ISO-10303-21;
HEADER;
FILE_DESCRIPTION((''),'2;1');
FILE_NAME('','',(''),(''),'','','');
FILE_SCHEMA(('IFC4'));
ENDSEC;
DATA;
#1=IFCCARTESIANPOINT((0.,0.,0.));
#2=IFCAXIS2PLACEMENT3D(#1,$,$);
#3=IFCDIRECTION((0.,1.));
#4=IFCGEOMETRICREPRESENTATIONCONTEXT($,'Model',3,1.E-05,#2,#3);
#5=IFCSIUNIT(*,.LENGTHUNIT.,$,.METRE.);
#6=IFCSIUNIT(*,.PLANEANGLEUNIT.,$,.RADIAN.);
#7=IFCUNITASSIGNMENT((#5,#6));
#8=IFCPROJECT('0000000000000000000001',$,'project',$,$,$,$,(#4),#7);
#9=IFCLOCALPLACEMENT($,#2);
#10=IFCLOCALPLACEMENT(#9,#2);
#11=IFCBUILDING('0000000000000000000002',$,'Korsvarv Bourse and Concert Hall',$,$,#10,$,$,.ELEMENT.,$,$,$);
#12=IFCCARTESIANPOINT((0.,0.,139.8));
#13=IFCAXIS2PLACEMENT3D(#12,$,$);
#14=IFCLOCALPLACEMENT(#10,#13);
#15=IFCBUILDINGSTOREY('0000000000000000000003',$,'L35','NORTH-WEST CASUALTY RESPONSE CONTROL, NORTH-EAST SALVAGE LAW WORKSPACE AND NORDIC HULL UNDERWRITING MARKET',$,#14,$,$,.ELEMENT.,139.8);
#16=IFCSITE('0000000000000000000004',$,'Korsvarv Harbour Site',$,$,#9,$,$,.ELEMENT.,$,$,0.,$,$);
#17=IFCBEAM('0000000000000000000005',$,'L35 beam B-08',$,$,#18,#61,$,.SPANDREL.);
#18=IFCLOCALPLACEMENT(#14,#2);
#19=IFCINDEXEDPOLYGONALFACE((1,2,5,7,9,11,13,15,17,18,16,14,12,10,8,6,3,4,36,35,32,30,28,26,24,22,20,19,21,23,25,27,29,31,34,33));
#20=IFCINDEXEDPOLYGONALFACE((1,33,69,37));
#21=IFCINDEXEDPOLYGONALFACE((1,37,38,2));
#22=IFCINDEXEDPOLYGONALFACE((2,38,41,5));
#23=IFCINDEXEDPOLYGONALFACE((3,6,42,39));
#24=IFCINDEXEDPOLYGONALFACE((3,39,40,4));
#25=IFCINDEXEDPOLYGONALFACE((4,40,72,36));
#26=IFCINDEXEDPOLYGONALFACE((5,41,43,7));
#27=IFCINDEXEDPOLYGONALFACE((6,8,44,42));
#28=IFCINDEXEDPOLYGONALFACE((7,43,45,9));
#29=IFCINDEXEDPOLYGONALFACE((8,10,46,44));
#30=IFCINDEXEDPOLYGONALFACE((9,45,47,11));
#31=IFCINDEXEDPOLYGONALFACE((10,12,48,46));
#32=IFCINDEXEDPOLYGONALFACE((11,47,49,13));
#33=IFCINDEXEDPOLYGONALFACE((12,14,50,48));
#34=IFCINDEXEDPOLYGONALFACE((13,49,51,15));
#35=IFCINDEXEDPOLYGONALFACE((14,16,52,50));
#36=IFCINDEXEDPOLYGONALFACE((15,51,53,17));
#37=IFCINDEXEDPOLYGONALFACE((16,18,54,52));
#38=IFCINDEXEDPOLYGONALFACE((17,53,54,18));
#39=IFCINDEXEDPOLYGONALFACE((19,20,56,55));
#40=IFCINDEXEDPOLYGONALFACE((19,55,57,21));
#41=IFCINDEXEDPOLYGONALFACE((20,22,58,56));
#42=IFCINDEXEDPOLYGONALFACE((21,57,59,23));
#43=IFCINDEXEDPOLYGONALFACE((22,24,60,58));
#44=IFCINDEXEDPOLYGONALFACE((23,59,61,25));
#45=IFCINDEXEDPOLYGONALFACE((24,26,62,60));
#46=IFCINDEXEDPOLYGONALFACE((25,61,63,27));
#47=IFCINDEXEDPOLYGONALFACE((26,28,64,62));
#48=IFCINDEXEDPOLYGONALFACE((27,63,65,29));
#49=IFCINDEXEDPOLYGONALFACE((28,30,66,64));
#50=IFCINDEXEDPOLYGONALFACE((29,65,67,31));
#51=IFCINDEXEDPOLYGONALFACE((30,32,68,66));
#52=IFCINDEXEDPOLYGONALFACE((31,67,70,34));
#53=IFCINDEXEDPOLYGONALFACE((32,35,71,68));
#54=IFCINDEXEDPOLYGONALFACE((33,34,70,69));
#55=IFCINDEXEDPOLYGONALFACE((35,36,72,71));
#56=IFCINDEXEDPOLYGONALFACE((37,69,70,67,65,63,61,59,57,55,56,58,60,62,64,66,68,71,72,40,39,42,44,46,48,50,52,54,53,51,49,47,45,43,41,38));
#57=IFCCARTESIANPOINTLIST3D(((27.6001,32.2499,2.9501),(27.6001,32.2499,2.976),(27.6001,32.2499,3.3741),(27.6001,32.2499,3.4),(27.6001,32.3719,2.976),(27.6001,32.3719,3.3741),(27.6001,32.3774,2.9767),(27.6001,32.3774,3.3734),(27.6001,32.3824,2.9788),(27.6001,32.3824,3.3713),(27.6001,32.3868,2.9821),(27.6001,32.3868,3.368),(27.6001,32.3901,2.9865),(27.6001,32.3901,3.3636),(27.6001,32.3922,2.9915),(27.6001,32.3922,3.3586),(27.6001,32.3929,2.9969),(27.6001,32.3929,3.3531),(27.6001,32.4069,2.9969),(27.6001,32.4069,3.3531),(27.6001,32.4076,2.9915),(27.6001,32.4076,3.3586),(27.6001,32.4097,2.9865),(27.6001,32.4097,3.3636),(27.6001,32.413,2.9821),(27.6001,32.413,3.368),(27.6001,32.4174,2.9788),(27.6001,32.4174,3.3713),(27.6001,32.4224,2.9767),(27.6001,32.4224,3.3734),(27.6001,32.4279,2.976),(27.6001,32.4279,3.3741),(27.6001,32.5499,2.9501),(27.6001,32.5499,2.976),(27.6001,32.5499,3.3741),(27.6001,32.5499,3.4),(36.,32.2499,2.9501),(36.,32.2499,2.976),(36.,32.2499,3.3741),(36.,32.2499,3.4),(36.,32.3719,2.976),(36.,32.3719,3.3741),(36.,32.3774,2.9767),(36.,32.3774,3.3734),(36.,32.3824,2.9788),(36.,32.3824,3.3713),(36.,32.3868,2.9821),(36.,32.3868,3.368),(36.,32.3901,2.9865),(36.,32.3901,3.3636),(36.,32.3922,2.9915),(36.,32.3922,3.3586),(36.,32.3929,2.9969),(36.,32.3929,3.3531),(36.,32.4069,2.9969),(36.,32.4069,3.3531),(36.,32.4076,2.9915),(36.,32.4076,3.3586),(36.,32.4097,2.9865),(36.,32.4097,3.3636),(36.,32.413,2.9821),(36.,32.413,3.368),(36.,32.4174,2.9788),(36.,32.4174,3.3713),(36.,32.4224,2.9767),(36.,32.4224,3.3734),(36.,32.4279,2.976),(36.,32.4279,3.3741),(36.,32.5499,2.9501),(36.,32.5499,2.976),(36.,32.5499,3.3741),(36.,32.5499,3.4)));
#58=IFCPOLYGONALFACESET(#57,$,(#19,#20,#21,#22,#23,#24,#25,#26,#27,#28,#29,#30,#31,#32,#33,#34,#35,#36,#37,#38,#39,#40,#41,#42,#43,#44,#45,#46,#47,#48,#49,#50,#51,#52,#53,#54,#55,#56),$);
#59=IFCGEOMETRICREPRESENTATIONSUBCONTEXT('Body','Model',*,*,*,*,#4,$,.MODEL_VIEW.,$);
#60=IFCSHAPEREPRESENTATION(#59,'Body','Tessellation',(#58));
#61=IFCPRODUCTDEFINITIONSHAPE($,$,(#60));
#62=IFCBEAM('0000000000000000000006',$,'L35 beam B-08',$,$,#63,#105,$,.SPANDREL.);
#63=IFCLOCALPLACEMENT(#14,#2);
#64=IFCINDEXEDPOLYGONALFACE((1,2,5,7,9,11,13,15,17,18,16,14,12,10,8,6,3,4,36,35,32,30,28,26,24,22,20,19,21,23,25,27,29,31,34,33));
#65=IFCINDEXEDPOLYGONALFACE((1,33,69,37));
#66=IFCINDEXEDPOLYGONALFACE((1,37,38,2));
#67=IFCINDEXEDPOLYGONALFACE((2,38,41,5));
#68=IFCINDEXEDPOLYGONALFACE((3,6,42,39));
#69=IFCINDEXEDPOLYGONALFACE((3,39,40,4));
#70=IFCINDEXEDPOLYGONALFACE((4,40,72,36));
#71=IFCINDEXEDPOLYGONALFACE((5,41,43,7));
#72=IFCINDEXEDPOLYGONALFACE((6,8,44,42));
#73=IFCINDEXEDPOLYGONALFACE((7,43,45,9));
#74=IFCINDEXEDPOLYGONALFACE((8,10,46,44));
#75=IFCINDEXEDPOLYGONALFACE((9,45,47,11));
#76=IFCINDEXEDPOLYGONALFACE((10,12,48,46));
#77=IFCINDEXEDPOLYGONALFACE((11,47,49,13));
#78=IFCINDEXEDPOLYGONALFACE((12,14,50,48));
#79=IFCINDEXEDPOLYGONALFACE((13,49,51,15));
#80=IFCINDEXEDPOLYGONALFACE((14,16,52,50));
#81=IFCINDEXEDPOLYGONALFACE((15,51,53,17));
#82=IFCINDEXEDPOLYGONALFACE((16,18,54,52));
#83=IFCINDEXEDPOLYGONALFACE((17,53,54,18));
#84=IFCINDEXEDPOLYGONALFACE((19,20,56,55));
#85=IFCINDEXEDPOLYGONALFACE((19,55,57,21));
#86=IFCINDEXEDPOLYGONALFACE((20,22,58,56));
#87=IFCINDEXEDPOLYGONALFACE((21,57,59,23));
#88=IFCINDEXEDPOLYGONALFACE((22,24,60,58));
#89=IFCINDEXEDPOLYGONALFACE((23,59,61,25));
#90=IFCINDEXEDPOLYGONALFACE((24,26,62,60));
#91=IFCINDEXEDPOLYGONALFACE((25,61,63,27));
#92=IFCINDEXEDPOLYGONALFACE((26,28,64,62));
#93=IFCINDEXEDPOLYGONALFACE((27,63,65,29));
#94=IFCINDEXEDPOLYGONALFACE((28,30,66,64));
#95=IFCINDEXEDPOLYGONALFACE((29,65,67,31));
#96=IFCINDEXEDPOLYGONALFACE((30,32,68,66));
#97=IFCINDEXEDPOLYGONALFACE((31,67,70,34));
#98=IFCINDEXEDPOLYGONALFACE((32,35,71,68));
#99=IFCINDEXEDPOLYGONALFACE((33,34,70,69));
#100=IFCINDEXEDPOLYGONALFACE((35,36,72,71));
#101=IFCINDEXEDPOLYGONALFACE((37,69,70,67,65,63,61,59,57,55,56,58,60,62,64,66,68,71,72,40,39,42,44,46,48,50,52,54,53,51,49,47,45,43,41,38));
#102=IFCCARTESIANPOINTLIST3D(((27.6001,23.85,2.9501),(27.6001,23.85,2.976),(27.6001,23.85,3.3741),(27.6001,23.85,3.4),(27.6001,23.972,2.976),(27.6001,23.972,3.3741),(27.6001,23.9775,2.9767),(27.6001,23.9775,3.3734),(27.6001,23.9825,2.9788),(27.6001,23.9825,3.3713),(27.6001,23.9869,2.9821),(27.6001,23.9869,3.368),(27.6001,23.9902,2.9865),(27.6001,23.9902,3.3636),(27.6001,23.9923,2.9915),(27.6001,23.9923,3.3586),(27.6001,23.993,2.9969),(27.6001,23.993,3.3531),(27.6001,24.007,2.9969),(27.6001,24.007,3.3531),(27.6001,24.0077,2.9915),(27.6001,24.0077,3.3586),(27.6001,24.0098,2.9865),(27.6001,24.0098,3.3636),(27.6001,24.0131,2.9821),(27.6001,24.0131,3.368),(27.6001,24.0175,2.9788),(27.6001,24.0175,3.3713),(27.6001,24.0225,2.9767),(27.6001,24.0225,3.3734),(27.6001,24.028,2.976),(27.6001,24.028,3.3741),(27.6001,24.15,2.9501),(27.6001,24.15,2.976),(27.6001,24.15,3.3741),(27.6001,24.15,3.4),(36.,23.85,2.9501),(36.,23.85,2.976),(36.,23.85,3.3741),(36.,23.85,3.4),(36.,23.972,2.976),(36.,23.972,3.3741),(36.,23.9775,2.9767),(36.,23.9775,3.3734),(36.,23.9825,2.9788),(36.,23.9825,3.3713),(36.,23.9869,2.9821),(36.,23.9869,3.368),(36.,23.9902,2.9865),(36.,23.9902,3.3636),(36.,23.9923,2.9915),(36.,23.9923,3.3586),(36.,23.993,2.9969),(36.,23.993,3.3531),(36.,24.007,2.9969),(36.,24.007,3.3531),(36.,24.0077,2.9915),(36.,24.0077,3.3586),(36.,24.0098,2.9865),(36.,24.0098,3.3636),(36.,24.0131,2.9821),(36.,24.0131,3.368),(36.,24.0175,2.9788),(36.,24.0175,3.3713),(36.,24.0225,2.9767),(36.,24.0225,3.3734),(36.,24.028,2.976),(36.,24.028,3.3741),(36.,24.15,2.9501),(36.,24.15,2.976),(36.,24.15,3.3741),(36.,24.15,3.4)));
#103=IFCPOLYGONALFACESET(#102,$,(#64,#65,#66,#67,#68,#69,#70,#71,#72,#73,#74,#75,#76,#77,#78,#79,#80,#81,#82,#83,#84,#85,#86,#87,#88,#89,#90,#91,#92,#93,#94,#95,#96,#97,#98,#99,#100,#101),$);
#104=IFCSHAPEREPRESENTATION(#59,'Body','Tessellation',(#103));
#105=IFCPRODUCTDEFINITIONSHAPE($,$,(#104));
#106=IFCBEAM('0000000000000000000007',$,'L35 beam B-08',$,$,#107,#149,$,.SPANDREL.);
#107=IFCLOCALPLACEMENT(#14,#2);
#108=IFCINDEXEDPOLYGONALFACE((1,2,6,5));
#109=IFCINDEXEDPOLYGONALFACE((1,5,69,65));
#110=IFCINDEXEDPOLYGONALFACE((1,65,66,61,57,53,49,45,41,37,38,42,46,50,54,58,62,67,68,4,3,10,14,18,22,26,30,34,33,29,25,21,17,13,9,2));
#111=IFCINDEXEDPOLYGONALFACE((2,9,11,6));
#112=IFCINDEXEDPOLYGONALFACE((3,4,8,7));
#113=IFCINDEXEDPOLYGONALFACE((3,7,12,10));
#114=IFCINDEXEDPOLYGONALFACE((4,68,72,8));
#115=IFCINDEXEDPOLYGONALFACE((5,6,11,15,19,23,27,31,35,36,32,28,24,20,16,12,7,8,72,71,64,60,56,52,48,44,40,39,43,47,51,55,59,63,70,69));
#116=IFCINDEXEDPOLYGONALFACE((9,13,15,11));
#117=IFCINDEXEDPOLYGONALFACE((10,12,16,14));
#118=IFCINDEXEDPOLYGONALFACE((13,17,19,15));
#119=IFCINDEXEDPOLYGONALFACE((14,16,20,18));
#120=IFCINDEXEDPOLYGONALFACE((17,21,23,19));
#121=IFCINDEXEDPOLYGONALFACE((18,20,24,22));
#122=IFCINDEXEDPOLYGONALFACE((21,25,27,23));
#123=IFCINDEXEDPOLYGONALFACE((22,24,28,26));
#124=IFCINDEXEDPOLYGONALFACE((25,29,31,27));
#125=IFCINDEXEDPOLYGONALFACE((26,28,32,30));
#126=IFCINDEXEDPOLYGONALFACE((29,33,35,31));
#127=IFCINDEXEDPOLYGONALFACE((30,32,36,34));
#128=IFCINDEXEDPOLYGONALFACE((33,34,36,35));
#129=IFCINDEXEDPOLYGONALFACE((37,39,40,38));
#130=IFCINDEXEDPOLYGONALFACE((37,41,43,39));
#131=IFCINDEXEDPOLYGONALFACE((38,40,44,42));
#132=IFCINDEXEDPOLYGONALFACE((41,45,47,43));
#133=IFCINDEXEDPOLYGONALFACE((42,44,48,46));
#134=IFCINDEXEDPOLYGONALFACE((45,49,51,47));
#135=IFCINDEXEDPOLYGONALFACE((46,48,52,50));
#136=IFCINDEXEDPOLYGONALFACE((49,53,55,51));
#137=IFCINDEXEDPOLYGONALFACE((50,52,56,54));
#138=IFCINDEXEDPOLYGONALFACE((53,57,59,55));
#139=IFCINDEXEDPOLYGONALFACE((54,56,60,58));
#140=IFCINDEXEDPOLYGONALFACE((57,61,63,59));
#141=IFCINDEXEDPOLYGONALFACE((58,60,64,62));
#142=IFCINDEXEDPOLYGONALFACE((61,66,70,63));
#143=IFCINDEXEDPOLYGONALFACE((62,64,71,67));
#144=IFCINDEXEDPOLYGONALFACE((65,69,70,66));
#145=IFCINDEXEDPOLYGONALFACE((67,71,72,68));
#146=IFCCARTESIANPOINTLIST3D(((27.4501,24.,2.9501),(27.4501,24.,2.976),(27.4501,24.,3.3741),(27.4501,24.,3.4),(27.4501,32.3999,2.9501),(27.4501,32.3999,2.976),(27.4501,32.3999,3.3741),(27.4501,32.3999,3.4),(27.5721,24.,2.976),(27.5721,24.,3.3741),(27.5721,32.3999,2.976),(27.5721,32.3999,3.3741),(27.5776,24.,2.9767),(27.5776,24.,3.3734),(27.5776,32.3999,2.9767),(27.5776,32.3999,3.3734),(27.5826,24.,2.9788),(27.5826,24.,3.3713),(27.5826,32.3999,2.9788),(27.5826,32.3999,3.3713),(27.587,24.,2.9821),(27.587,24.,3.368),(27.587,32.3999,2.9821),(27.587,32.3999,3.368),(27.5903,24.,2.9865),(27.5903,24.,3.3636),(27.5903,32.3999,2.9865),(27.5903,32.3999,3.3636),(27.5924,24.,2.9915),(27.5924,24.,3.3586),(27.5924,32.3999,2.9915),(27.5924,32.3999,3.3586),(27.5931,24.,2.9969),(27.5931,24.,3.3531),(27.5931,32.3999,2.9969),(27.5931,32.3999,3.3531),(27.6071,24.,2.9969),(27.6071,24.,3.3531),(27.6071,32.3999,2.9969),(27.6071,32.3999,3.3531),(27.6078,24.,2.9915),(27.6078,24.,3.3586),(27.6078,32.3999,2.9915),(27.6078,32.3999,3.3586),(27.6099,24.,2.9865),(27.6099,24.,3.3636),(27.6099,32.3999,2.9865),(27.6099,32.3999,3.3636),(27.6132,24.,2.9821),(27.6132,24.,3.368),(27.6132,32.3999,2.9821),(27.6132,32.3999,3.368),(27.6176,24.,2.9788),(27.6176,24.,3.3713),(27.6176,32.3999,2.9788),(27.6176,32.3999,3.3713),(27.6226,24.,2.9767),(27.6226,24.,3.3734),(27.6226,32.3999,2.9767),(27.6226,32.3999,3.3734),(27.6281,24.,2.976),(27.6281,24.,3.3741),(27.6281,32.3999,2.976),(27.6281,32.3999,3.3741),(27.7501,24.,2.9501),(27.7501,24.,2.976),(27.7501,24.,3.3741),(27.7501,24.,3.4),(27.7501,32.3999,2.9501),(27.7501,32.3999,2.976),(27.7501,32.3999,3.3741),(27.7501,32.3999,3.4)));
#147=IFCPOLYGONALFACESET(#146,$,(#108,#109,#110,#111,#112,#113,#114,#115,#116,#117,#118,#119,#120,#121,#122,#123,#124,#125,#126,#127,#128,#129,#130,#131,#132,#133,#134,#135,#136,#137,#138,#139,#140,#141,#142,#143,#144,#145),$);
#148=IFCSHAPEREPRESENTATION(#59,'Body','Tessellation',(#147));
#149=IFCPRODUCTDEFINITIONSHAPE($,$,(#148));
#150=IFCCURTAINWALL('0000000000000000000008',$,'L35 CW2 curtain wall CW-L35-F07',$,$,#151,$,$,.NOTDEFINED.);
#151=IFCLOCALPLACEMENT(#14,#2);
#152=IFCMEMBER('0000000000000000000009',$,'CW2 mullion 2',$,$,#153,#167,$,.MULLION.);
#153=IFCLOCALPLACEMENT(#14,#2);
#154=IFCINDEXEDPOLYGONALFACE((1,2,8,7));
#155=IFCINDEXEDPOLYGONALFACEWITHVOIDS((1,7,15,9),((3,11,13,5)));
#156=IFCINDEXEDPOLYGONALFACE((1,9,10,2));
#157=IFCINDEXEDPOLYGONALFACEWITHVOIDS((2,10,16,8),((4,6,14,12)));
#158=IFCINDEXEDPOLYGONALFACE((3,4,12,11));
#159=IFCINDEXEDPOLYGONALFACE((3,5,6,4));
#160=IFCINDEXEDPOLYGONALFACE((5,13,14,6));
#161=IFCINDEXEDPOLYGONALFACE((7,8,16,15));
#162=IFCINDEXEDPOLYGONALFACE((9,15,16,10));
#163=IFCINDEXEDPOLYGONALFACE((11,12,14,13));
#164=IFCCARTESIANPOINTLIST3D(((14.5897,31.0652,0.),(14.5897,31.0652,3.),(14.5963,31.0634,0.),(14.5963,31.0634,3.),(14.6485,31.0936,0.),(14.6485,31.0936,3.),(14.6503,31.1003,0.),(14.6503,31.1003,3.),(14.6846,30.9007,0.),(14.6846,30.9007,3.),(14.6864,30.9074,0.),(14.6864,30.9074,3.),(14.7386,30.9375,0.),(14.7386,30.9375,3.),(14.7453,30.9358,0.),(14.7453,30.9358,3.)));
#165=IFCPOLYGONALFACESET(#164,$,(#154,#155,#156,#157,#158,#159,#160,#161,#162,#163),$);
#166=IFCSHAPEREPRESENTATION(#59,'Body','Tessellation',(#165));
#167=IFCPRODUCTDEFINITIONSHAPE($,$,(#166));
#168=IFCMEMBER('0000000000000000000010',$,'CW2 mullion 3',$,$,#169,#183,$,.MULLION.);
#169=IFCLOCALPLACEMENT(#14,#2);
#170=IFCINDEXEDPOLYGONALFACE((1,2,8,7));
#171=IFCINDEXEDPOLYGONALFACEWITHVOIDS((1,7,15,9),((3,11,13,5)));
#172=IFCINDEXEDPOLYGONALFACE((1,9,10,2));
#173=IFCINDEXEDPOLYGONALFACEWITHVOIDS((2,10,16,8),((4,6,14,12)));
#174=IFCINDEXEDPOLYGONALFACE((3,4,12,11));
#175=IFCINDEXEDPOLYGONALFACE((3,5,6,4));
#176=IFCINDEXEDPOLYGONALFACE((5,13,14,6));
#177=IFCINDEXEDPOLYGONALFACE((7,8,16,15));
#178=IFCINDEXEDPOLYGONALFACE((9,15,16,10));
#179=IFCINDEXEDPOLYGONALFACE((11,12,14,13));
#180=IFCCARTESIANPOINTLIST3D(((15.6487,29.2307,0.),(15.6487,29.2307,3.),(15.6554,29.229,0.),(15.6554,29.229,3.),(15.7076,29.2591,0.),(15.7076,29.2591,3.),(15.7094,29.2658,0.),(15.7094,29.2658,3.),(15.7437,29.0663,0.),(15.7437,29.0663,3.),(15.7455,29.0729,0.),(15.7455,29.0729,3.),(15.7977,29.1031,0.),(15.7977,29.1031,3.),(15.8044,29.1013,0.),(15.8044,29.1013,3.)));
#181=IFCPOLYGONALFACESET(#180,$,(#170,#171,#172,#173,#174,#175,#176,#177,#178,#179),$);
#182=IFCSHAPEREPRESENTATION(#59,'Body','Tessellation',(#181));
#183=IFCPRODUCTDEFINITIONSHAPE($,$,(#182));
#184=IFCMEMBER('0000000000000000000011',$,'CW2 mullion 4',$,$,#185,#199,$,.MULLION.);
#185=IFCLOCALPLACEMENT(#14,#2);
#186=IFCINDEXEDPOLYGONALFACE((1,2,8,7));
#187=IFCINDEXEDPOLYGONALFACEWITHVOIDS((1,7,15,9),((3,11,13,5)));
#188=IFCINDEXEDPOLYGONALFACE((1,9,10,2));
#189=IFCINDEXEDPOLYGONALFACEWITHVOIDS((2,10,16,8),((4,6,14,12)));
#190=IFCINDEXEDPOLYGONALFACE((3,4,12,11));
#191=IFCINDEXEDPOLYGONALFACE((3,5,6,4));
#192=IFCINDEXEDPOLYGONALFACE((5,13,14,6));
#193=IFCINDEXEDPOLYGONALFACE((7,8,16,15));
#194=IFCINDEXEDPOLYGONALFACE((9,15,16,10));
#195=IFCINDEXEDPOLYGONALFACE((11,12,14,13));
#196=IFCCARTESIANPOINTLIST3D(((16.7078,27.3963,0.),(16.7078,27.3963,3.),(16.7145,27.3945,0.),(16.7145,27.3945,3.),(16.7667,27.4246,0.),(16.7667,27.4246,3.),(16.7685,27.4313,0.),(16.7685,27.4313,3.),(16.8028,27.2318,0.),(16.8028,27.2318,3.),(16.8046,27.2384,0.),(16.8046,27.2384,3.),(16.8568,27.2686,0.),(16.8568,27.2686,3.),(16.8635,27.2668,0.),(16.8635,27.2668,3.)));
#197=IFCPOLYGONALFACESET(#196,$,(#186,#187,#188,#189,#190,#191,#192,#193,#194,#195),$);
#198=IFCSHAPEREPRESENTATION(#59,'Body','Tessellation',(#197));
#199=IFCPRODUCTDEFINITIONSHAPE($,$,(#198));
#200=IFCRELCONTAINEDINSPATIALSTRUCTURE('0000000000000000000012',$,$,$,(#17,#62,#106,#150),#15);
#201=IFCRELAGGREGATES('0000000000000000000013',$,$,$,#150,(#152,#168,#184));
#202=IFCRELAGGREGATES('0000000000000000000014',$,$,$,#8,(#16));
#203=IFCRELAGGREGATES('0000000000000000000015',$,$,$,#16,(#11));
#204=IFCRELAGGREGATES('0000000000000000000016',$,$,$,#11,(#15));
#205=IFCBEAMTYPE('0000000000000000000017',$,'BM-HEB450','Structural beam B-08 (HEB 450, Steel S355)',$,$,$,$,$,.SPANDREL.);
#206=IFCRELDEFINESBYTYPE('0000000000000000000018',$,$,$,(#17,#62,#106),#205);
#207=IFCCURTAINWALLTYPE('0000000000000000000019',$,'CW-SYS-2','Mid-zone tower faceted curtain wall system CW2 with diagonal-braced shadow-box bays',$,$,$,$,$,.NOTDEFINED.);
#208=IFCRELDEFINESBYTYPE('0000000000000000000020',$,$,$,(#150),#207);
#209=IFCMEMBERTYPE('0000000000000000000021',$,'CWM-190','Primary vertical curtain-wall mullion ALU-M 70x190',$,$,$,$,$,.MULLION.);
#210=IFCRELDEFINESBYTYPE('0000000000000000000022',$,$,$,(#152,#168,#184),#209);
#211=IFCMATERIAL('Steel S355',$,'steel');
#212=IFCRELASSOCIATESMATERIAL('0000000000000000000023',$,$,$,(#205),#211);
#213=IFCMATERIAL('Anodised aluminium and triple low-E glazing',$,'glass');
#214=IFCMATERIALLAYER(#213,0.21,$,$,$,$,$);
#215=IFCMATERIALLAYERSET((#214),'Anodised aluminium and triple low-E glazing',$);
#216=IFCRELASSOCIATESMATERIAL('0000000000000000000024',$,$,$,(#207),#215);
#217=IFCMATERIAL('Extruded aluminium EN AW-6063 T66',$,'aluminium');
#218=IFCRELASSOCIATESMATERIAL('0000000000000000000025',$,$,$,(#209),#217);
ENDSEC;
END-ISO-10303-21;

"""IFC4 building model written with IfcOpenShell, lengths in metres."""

from ifc_helpers import new_model, si_unit, direction, frame, origin, origin_2d, place, context, subcontext, project, spatial, hollow_rectangle, i_section, extrude, source, transform, mapped, material, layer, layer_set, material_profile, profile_set, type_object, element, aggregate, save


model = new_model("IFC4")

# Units and contexts
model_context = context("Model", 3, precision=1e-05, world=origin(), true_north=direction((0.0, 1.0)))
body_context = subcontext(model_context, "Body", "Model", "MODEL_VIEW")
ifc_project = project(units=[si_unit("LENGTHUNIT", "METRE"), si_unit("PLANEANGLEUNIT", "RADIAN")], contexts=[model_context])

# Site, building, storey
site_placement = place(None, origin())
site = spatial("IfcSite", under=ifc_project, at=site_placement, Name="Korsvarv Harbour Site", CompositionType="ELEMENT", RefElevation=0.0)
building_placement = place(site_placement, origin())
building = spatial("IfcBuilding", under=site, at=building_placement, Name="Korsvarv Bourse and Concert Hall", CompositionType="ELEMENT")
storey_placement = place(building_placement, frame((0.0, 0.0, 139.8)))
storey = spatial("IfcBuildingStorey", under=building, at=storey_placement, Name="L35", Description="NORTH-WEST CASUALTY RESPONSE CONTROL, NORTH-EAST SALVAGE LAW WORKSPACE AND NORDIC HULL UNDERWRITING MARKET", CompositionType="ELEMENT", Elevation=139.8)

# Shared definitions
ifc_material_1 = material(Name="Steel S355", Category="steel")

# Beams
ifc_material_profile_1 = material_profile(ifc_material_1, i_section(OverallWidth=0.3, OverallDepth=0.45, WebThickness=0.0139, FlangeThickness=0.0259, FilletRadius=0.021, at=origin_2d()), Name="HEB 450")
ifc_profile_set_1 = profile_set([ifc_material_profile_1], Name="Steel S355")
beam_type_1 = type_object("IfcBeamType", Name="BM-HEB450", Description="Structural beam B-08 (HEB 450, Steel S355)", PredefinedType="SPANDREL", material=ifc_profile_set_1)
shared_shape_1 = source(origin(), body_context, "Body", "SweptSolid", [
    extrude(i_section(OverallWidth=0.3, OverallDepth=0.45, WebThickness=0.0139, FlangeThickness=0.0259, FilletRadius=0.021, at=origin_2d()), origin(), (0.0, 0.0, 1.0), 8.3999),
])
for number, where, z_axis, x_axis, name in (
    (1, (27.6001, 32.3999, 3.175), (1.0, 0.0, 0.0), (0.0, 1.0, 0.0), "L35 beam B-08"),
    (2, (27.6001, 24.0, 3.175), (1.0, 0.0, 0.0), (0.0, 1.0, 0.0), "L35 beam B-08"),
    (3, (27.6001, 24.0, 3.175), (0.0, 1.0, 0.0), (-1.0, 0.0, 0.0), "L35 beam B-08"),
):
    element("IfcBeam", number, at=place(storey_placement, frame(where, z_axis=z_axis, x_axis=x_axis)), inside=storey, type_object=beam_type_1, Name=name, PredefinedType="SPANDREL", context=body_context, shape_type="MappedRepresentation", body=[
        mapped(shared_shape_1, transform((0.0, 0.0, 0.0), scale=1.0)),
    ])

# Curtain wall, members
ifc_material_2 = material(Name="Anodised aluminium and triple low-E glazing", Category="glass")
ifc_layer_1 = layer(ifc_material_2, 0.21)
ifc_layer_set_1 = layer_set([ifc_layer_1], Name="Anodised aluminium and triple low-E glazing")
curtain_wall_type = type_object("IfcCurtainWallType", Name="CW-SYS-2", Description="Mid-zone tower faceted curtain wall system CW2 with diagonal-braced shadow-box bays", PredefinedType="NOTDEFINED", material=ifc_layer_set_1)
curtain_wall_placement = place(storey_placement, origin())
curtain_wall = element("IfcCurtainWall", 4, at=curtain_wall_placement, inside=storey, type_object=curtain_wall_type, Name="L35 CW2 curtain wall CW-L35-F07", PredefinedType="NOTDEFINED")
ifc_material_3 = material(Name="Extruded aluminium EN AW-6063 T66", Category="aluminium")
ifc_material_profile_2 = material_profile(ifc_material_3, hollow_rectangle(XDim=0.0701, YDim=0.1899, WallThickness=0.0049, at=origin_2d()), Name="ALU-M 70x190")
ifc_profile_set_2 = profile_set([ifc_material_profile_2], Name="Extruded aluminium EN AW-6063 T66")
member_type_1 = type_object("IfcMemberType", Name="CWM-190", Description="Primary vertical curtain-wall mullion ALU-M 70x190", PredefinedType="MULLION", material=ifc_profile_set_2)
shared_shape_2 = source(origin(), body_context, "Body", "SweptSolid", [
    extrude(hollow_rectangle(XDim=0.0701, YDim=0.1899, WallThickness=0.0049, at=origin_2d()), origin(), (0.0, 0.0, 1.0), 3.0),
])
member_1_placement = place(storey_placement, frame((14.6675, 31.0005, 0.0), z_axis=(0.0, 0.0, 1.0), x_axis=(0.866025, 0.5, 0.0)))
member_1 = element("IfcMember", 5, at=member_1_placement, type_object=member_type_1, Name="CW2 mullion 2", PredefinedType="MULLION", context=body_context, shape_type="MappedRepresentation", body=[
    mapped(shared_shape_2, transform((0.0, 0.0, 0.0), scale=1.0)),
])
member_2_placement = place(storey_placement, frame((15.7266, 29.166, 0.0), z_axis=(0.0, 0.0, 1.0), x_axis=(0.866025, 0.5, 0.0)))
member_2 = element("IfcMember", 6, at=member_2_placement, type_object=member_type_1, Name="CW2 mullion 3", PredefinedType="MULLION", context=body_context, shape_type="MappedRepresentation", body=[
    mapped(shared_shape_2, transform((0.0, 0.0, 0.0), scale=1.0)),
])
member_3_placement = place(storey_placement, frame((16.7856, 27.3315, 0.0), z_axis=(0.0, 0.0, 1.0), x_axis=(0.866025, 0.5, 0.0)))
member_3 = element("IfcMember", 7, at=member_3_placement, type_object=member_type_1, Name="CW2 mullion 4", PredefinedType="MULLION", context=body_context, shape_type="MappedRepresentation", body=[
    mapped(shared_shape_2, transform((0.0, 0.0, 0.0), scale=1.0)),
])
aggregate(curtain_wall, [member_1, member_2, member_3])

save(model, "model.ifc")
